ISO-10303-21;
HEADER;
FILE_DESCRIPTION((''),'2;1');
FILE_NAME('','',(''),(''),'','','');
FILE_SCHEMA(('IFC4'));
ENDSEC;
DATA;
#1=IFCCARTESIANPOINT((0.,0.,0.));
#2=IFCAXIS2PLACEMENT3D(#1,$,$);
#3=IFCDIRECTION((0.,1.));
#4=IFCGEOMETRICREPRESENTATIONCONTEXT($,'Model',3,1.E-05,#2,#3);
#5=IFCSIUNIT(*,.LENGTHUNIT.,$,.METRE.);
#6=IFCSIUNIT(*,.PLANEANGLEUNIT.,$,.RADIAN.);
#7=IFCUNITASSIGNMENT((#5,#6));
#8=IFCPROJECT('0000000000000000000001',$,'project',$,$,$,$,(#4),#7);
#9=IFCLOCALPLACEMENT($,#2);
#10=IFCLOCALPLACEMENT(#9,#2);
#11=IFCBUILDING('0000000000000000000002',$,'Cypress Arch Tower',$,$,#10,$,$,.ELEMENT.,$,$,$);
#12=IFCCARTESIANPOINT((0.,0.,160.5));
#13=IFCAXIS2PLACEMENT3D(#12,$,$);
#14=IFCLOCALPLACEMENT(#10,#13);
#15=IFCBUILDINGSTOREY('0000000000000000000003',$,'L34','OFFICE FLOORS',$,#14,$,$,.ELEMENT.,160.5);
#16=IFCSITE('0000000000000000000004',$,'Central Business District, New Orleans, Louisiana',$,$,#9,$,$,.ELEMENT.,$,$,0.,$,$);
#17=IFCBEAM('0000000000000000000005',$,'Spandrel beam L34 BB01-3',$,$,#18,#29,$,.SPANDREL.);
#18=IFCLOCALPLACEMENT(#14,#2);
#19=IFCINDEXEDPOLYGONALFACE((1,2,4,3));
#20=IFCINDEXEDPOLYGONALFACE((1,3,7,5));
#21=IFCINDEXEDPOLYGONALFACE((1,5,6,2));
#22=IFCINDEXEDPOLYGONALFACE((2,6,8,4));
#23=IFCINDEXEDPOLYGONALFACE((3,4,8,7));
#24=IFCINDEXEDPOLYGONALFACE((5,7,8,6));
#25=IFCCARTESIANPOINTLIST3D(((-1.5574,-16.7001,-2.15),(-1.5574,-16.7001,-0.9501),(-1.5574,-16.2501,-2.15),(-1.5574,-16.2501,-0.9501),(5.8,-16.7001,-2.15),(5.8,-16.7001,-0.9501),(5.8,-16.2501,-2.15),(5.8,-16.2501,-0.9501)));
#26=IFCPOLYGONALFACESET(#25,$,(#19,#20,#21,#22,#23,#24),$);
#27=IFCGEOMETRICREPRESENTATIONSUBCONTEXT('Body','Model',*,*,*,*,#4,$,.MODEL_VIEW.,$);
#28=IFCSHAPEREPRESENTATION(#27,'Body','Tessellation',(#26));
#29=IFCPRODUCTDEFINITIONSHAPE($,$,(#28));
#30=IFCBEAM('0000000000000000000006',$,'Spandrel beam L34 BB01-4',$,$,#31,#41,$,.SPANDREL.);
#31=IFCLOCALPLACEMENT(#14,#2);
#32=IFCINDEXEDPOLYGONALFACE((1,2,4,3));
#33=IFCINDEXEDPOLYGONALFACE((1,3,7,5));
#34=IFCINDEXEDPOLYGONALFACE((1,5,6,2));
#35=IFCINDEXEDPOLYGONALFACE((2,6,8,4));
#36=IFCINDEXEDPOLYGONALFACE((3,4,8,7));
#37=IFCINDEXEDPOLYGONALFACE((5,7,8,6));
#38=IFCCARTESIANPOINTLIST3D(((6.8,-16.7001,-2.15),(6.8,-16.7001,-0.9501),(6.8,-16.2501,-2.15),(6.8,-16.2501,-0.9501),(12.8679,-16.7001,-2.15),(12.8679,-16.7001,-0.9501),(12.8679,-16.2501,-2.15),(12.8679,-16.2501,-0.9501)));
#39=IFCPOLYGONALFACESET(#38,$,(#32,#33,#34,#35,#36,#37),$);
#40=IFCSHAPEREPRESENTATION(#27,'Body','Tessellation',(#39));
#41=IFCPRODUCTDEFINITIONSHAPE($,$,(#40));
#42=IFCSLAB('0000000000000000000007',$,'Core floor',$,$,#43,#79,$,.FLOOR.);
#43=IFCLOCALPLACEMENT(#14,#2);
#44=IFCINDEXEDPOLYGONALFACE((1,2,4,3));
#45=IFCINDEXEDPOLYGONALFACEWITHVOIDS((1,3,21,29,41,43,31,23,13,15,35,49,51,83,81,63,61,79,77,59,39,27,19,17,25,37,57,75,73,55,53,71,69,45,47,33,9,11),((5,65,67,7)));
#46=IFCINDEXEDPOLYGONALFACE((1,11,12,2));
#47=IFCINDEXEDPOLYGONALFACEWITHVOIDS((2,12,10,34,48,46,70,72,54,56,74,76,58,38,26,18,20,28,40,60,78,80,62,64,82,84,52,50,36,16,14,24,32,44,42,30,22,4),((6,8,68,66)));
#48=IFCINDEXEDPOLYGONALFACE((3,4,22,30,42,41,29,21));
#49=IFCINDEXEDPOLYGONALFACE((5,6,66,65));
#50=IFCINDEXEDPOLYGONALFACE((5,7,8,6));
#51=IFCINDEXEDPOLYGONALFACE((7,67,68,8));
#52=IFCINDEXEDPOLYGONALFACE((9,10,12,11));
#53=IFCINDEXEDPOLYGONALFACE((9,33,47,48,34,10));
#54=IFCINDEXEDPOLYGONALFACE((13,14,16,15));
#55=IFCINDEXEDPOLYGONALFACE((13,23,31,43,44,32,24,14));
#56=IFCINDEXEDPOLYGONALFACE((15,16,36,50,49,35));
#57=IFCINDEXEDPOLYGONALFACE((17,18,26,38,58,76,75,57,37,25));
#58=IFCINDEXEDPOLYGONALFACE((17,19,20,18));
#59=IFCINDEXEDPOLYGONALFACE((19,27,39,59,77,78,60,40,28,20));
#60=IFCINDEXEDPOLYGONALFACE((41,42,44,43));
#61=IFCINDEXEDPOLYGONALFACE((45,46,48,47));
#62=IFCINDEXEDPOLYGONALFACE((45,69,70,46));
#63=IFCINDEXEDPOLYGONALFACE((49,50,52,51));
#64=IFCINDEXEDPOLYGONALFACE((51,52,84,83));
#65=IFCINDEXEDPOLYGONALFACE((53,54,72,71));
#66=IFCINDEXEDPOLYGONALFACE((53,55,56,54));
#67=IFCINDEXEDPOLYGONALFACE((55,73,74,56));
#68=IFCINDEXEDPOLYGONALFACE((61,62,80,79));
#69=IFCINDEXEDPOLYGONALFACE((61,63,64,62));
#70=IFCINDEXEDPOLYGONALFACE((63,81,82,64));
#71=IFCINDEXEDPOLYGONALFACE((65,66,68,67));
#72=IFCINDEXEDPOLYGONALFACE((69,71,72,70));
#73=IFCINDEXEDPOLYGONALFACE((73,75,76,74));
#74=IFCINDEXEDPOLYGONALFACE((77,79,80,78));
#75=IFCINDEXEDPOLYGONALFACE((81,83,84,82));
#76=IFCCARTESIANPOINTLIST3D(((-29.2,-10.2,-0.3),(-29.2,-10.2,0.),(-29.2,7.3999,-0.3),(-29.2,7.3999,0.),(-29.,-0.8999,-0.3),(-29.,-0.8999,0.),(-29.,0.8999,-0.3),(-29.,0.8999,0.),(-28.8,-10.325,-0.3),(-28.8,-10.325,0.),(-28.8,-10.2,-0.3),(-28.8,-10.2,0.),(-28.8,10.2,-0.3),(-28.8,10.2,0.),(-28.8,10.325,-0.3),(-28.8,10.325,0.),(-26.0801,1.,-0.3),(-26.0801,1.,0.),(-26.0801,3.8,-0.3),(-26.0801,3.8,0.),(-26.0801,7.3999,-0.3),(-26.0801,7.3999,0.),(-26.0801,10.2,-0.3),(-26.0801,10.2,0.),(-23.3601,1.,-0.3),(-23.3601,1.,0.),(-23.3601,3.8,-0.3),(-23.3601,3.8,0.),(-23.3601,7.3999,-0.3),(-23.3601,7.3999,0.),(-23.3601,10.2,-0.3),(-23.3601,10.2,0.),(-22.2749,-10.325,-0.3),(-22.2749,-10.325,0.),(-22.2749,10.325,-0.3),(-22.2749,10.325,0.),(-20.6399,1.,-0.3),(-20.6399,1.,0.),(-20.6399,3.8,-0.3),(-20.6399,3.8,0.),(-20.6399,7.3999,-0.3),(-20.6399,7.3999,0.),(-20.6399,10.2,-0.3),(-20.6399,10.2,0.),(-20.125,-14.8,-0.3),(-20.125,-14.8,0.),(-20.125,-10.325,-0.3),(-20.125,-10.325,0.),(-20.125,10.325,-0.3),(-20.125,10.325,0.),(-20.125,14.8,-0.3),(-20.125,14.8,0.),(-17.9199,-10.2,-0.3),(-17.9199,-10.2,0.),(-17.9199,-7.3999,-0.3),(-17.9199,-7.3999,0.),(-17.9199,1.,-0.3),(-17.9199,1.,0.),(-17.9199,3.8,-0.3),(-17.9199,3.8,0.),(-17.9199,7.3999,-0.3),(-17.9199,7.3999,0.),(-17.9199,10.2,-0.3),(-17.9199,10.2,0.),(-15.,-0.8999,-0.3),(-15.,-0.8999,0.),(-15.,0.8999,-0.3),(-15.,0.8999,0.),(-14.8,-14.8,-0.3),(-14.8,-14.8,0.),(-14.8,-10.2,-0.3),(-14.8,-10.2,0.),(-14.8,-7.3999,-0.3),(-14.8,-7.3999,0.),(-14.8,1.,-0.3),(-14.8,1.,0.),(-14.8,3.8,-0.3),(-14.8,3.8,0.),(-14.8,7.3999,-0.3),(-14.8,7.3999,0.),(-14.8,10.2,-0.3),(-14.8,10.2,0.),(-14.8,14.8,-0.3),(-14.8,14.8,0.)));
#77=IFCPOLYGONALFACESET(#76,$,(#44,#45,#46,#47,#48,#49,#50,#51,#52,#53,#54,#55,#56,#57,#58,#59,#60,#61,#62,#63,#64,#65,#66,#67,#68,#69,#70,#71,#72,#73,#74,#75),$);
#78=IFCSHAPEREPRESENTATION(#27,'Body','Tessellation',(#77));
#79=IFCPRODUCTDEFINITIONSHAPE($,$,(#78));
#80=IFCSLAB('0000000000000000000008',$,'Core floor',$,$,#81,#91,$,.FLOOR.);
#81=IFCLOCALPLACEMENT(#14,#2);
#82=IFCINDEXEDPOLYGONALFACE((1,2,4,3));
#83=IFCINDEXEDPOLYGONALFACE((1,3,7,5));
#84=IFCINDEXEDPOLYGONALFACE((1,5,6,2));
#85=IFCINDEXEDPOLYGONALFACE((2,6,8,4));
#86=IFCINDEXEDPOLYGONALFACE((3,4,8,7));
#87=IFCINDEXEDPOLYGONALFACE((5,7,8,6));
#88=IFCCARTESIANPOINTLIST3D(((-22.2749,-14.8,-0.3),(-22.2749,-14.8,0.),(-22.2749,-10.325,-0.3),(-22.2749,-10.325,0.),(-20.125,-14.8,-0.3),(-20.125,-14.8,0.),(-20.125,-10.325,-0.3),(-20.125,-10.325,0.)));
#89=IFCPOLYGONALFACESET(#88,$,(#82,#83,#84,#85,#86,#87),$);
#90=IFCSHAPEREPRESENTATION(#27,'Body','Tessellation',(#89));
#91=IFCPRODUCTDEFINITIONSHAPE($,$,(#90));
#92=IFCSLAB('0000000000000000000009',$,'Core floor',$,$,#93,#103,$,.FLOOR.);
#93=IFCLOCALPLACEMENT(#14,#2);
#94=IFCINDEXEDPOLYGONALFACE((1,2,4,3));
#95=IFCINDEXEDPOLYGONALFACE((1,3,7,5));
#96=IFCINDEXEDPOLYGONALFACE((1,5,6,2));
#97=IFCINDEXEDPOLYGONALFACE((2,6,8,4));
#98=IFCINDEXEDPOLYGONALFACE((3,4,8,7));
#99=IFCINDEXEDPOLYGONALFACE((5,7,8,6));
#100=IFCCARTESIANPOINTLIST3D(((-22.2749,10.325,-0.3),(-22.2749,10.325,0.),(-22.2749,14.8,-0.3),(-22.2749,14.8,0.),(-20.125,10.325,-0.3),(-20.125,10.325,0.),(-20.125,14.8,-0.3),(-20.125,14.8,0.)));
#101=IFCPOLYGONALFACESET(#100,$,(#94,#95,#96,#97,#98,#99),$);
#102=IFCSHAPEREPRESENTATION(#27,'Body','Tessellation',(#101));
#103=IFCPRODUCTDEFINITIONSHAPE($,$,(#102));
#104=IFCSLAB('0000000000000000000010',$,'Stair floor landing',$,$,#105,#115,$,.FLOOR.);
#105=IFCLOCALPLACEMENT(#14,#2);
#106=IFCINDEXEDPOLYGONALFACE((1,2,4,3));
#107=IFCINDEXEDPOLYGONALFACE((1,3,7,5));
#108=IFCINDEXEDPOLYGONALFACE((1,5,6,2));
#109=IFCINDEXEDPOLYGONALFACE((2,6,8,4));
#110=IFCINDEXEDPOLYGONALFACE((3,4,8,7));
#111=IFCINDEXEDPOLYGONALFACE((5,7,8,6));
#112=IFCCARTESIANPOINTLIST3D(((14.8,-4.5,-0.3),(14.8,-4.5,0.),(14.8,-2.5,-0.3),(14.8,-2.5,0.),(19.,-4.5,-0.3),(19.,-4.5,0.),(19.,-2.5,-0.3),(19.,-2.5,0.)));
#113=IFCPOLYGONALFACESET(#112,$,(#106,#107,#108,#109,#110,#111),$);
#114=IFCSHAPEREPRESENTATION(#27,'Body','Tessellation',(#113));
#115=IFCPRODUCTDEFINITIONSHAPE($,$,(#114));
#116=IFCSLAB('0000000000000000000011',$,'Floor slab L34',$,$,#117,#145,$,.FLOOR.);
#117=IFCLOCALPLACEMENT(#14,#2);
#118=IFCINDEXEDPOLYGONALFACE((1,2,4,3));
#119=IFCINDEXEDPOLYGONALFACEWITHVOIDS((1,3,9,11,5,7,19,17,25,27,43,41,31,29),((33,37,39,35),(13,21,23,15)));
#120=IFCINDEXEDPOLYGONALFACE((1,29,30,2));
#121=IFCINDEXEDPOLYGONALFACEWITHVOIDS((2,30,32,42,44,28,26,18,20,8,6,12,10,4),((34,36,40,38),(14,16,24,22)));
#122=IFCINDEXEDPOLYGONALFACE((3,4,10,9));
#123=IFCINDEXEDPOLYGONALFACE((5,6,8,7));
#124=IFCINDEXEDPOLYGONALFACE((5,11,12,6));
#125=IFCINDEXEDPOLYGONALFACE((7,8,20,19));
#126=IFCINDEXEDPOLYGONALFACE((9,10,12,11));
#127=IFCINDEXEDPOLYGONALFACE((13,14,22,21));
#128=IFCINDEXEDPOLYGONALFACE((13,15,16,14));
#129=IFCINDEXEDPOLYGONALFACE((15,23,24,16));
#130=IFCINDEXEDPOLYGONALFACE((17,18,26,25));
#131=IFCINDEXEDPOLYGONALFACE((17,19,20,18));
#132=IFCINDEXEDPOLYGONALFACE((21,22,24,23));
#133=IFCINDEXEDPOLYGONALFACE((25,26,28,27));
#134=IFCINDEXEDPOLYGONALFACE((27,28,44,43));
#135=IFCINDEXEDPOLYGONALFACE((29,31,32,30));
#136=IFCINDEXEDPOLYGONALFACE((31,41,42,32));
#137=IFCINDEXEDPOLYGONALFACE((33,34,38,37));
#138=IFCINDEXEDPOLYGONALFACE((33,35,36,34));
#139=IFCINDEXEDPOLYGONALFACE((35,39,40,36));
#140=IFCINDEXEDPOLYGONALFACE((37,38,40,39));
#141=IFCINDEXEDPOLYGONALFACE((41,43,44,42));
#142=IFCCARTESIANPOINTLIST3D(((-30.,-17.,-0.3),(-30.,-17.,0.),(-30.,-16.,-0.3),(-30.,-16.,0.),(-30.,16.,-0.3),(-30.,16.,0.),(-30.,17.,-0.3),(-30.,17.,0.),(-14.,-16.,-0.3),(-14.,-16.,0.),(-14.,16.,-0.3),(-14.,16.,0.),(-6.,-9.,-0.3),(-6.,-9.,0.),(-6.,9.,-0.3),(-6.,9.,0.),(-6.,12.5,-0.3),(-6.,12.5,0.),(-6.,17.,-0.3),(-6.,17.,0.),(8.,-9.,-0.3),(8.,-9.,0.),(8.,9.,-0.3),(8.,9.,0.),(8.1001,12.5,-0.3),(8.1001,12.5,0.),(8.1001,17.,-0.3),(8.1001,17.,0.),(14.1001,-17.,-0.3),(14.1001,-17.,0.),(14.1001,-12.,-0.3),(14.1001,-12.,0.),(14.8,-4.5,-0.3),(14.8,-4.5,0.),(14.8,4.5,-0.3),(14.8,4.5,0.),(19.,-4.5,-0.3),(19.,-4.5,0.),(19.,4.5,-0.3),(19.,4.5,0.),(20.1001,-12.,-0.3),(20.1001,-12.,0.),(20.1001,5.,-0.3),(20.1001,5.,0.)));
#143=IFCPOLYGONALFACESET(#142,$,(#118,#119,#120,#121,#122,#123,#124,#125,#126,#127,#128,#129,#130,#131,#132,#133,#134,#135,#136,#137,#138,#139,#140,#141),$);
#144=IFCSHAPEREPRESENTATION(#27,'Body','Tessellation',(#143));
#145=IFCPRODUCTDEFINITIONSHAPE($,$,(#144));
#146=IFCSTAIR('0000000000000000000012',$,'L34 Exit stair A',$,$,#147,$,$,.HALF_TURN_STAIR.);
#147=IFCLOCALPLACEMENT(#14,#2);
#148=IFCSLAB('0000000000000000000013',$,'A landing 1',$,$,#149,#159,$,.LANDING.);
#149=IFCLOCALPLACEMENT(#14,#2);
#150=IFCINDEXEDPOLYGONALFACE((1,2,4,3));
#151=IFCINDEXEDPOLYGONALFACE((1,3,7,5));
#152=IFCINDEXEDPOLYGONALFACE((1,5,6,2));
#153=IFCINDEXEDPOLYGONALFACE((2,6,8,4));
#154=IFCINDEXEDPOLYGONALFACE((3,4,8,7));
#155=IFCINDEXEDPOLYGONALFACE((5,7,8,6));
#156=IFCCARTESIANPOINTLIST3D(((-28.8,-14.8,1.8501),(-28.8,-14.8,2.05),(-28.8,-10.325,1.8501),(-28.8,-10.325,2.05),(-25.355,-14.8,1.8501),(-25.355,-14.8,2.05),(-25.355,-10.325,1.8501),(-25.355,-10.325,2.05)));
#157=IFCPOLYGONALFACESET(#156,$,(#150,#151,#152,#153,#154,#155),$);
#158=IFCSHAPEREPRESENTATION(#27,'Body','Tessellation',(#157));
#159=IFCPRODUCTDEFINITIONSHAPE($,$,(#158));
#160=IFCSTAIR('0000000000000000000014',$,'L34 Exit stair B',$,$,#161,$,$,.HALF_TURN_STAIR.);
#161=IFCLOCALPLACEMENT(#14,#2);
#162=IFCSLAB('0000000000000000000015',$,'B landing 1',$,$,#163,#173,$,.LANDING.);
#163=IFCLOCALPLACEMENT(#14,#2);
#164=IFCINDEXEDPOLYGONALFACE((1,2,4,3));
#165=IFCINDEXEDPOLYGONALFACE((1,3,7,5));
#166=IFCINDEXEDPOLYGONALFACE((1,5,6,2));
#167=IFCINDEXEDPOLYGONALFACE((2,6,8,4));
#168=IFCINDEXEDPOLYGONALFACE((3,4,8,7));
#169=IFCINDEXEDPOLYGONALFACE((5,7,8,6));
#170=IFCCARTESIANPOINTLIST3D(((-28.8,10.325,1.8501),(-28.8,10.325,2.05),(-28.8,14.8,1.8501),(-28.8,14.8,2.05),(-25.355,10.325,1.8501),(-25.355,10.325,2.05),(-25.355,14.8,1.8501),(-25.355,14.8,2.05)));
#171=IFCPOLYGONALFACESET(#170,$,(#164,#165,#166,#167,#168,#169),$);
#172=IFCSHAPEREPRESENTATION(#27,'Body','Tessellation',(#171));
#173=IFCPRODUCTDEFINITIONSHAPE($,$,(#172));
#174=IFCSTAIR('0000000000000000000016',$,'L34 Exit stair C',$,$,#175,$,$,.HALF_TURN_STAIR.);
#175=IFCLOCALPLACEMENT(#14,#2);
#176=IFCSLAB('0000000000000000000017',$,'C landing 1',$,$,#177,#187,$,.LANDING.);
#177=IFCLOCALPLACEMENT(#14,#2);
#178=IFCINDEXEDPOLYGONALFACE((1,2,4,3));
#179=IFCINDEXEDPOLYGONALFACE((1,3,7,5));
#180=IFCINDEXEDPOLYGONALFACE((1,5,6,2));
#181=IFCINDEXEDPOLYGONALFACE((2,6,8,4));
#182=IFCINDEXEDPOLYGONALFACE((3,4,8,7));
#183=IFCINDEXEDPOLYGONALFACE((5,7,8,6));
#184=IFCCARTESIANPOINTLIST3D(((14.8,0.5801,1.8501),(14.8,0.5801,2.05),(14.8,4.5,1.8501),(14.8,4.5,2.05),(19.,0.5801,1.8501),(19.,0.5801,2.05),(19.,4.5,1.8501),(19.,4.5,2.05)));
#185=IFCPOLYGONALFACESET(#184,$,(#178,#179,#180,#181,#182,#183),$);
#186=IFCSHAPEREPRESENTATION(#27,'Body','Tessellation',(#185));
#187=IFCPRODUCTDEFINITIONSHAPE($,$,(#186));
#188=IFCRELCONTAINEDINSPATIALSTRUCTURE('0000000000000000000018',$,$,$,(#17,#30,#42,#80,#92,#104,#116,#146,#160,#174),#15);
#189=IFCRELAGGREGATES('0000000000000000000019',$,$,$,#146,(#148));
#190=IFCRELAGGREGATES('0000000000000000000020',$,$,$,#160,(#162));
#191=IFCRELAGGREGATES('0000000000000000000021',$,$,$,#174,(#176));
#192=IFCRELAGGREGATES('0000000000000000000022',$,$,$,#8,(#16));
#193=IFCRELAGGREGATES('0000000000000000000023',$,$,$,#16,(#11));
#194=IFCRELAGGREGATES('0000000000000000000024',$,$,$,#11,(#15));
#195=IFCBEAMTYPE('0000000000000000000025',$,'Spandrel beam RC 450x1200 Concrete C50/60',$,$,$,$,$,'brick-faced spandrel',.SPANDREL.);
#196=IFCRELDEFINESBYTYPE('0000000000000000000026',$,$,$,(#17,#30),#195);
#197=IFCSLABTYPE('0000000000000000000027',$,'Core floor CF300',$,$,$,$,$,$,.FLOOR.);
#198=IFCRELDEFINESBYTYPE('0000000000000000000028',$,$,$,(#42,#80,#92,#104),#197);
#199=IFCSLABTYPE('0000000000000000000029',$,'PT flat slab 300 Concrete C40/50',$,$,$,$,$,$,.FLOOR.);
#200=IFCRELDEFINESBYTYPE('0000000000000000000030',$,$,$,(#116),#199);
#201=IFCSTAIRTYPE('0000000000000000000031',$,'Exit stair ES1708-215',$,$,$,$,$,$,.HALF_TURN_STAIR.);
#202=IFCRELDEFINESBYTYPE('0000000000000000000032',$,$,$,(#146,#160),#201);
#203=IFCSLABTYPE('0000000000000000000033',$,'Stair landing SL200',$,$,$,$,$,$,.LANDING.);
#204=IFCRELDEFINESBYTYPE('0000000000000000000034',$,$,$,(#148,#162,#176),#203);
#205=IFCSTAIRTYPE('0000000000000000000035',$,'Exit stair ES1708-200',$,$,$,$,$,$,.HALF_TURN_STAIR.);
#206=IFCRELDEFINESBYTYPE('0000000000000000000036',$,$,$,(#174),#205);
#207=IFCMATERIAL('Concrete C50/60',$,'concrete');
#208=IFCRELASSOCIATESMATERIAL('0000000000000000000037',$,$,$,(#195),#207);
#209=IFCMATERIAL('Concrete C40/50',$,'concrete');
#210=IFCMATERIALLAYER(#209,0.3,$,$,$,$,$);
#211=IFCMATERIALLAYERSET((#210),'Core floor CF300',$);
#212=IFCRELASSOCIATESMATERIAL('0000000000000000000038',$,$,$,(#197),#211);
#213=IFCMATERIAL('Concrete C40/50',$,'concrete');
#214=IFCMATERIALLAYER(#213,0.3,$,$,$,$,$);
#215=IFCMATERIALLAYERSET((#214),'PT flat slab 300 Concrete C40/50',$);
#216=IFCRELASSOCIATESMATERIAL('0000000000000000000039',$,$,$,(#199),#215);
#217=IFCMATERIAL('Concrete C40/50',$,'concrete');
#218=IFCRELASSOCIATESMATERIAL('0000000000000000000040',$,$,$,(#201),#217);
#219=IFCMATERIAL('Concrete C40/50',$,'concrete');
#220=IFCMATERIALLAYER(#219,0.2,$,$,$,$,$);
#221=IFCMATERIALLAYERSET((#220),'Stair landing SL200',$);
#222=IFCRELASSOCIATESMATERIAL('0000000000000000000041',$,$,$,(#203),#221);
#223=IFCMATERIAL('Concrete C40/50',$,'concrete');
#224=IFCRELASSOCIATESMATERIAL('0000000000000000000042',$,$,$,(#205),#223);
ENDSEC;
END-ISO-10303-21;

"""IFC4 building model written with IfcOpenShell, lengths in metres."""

from ifc_helpers import new_model, si_unit, direction, frame, origin, origin_2d, place, context, subcontext, project, spatial, polyline, rectangle, outline, extrude, material, layer, layer_set, material_profile, profile_set, type_object, element, aggregate, save


model = new_model("IFC4")

# Units and contexts
model_context = context("Model", 3, precision=1e-05, world=origin(), true_north=direction((0.0, 1.0)))
body_context = subcontext(model_context, "Body", "Model", "MODEL_VIEW")
ifc_project = project(units=[si_unit("LENGTHUNIT", "METRE"), si_unit("PLANEANGLEUNIT", "RADIAN")], contexts=[model_context])

# Site, building, storey
site_placement = place(None, origin())
site = spatial("IfcSite", under=ifc_project, at=site_placement, Name="Central Business District, New Orleans, Louisiana", CompositionType="ELEMENT", RefElevation=0.0)
building_placement = place(site_placement, origin())
building = spatial("IfcBuilding", under=site, at=building_placement, Name="Cypress Arch Tower", CompositionType="ELEMENT")
storey_placement = place(building_placement, frame((0.0, 0.0, 160.5)))
storey = spatial("IfcBuildingStorey", under=building, at=storey_placement, Name="L34", Description="OFFICE FLOORS", CompositionType="ELEMENT", Elevation=160.5)

# Beams
ifc_material_1 = material(Name="Concrete C50/60", Category="concrete")
ifc_material_profile_1 = material_profile(ifc_material_1, rectangle(XDim=0.45, YDim=1.2, at=origin_2d()), Name="RC 450x1200")
ifc_profile_set_1 = profile_set([ifc_material_profile_1], Name="Concrete C50/60")
beam_type_1 = type_object("IfcBeamType", Name="Spandrel beam RC 450x1200 Concrete C50/60", ElementType="brick-faced spandrel", PredefinedType="SPANDREL", material=ifc_profile_set_1)
beam_1_placement = place(storey_placement, frame((-1.5574, -16.4751, -1.55), z_axis=(1.0, 0.0, 0.0), x_axis=(0.0, 1.0, 0.0)))
element("IfcBeam", 1, at=beam_1_placement, inside=storey, type_object=beam_type_1, Name="Spandrel beam L34 BB01-3", PredefinedType="SPANDREL", context=body_context, shape_type="SweptSolid", body=[
    extrude(rectangle(XDim=0.45, YDim=1.2, at=origin_2d()), origin(), (0.0, 0.0, 1.0), 7.3574),
])
beam_2_placement = place(storey_placement, frame((6.8, -16.4751, -1.55), z_axis=(1.0, 0.0, 0.0), x_axis=(0.0, 1.0, 0.0)))
element("IfcBeam", 2, at=beam_2_placement, inside=storey, type_object=beam_type_1, Name="Spandrel beam L34 BB01-4", PredefinedType="SPANDREL", context=body_context, shape_type="SweptSolid", body=[
    extrude(rectangle(XDim=0.45, YDim=1.2, at=origin_2d()), origin(), (0.0, 0.0, 1.0), 6.0679),
])

# Slabs
ifc_material_2 = material(Name="Concrete C40/50", Category="concrete")
ifc_layer_1 = layer(ifc_material_2, 0.3)
ifc_layer_set_1 = layer_set([ifc_layer_1], Name="Core floor CF300")
slab_type_1 = type_object("IfcSlabType", Name="Core floor CF300", PredefinedType="FLOOR", material=ifc_layer_set_1)
slab_1_placement = place(storey_placement, frame((0.0, 0.0, -0.3)))
element("IfcSlab", 3, at=slab_1_placement, inside=storey, type_object=slab_type_1, Name="Core floor", PredefinedType="FLOOR", context=body_context, shape_type="SweptSolid", body=[
    extrude(outline(polyline([(-20.125, -10.325), (-22.2749, -10.325), (-28.8, -10.325), (-28.8, -10.2), (-29.2, -10.2), (-29.2, 7.3999), (-26.0801, 7.3999), (-23.3601, 7.3999), (-20.6399, 7.3999), (-20.6399, 10.2), (-23.3601, 10.2), (-26.0801, 10.2), (-28.8, 10.2), (-28.8, 10.325), (-22.2749, 10.325), (-20.125, 10.325), (-20.125, 14.8), (-14.8, 14.8), (-14.8, 10.2), (-17.9199, 10.2), (-17.9199, 7.3999), (-14.8, 7.3999), (-14.8, 3.8), (-17.9199, 3.8), (-20.6399, 3.8), (-23.3601, 3.8), (-26.0801, 3.8), (-26.0801, 1.0), (-23.3601, 1.0), (-20.6399, 1.0), (-17.9199, 1.0), (-14.8, 1.0), (-14.8, -7.3999), (-17.9199, -7.3999), (-17.9199, -10.2), (-14.8, -10.2), (-14.8, -14.8), (-20.125, -14.8), (-20.125, -10.325)]), holes=[polyline([(-29.0, -0.8999), (-15.0, -0.8999), (-15.0, 0.8999), (-29.0, 0.8999), (-29.0, -0.8999)])]), origin(), (0.0, 0.0, 1.0), 0.3),
])
slab_2_placement = place(storey_placement, frame((0.0, 0.0, -0.3)))
element("IfcSlab", 4, at=slab_2_placement, inside=storey, type_object=slab_type_1, Name="Core floor", PredefinedType="FLOOR", context=body_context, shape_type="SweptSolid", body=[
    extrude(outline(polyline([(-22.2749, -10.325), (-22.2749, -14.8), (-20.125, -14.8), (-20.125, -10.325), (-22.2749, -10.325)])), origin(), (0.0, 0.0, 1.0), 0.3),
])
slab_3_placement = place(storey_placement, frame((0.0, 0.0, -0.3)))
element("IfcSlab", 5, at=slab_3_placement, inside=storey, type_object=slab_type_1, Name="Core floor", PredefinedType="FLOOR", context=body_context, shape_type="SweptSolid", body=[
    extrude(outline(polyline([(-20.125, 14.8), (-22.2749, 14.8), (-22.2749, 10.325), (-20.125, 10.325), (-20.125, 14.8)])), origin(), (0.0, 0.0, 1.0), 0.3),
])
slab_4_placement = place(storey_placement, frame((0.0, 0.0, -0.3)))
element("IfcSlab", 6, at=slab_4_placement, inside=storey, type_object=slab_type_1, Name="Stair floor landing", PredefinedType="FLOOR", context=body_context, shape_type="SweptSolid", body=[
    extrude(outline(polyline([(19.0, -4.5), (19.0, -2.5), (14.8, -2.5), (14.8, -4.5), (19.0, -4.5)])), origin(), (0.0, 0.0, 1.0), 0.3),
])
ifc_material_3 = material(Name="Concrete C40/50", Category="concrete")
ifc_layer_2 = layer(ifc_material_3, 0.3)
ifc_layer_set_2 = layer_set([ifc_layer_2], Name="PT flat slab 300 Concrete C40/50")
slab_type_2 = type_object("IfcSlabType", Name="PT flat slab 300 Concrete C40/50", PredefinedType="FLOOR", material=ifc_layer_set_2)
slab_5_placement = place(storey_placement, frame((0.0, 0.0, -0.3)))
element("IfcSlab", 7, at=slab_5_placement, inside=storey, type_object=slab_type_2, Name="Floor slab L34", PredefinedType="FLOOR", context=body_context, shape_type="SweptSolid", body=[
    extrude(outline(polyline([(-30.0, 17.0), (-6.0, 17.0), (-6.0, 12.5), (8.1001, 12.5), (8.1001, 17.0), (20.1001, 5.0), (20.1001, -12.0), (14.1001, -12.0), (14.1001, -17.0), (-30.0, -17.0), (-30.0, -16.0), (-14.0, -16.0), (-14.0, 16.0), (-30.0, 16.0), (-30.0, 17.0)]), holes=[polyline([(-6.0, -9.0), (8.0, -9.0), (8.0, 9.0), (-6.0, 9.0), (-6.0, -9.0)]), polyline([(14.8, -4.5), (19.0, -4.5), (19.0, 4.5), (14.8, 4.5), (14.8, -4.5)])]), origin(), (0.0, 0.0, 1.0), 0.3),
])

# Stairs, slabs
ifc_material_4 = material(Name="Concrete C40/50", Category="concrete")
stair_type_1 = type_object("IfcStairType", Name="Exit stair ES1708-215", PredefinedType="HALF_TURN_STAIR", material=ifc_material_4)
stair_1_placement = place(storey_placement, origin())
stair_1 = element("IfcStair", 8, at=stair_1_placement, inside=storey, type_object=stair_type_1, Name="L34 Exit stair A", PredefinedType="HALF_TURN_STAIR")
ifc_material_5 = material(Name="Concrete C40/50", Category="concrete")
ifc_layer_3 = layer(ifc_material_5, 0.2)
ifc_layer_set_3 = layer_set([ifc_layer_3], Name="Stair landing SL200")
slab_type_3 = type_object("IfcSlabType", Name="Stair landing SL200", PredefinedType="LANDING", material=ifc_layer_set_3)
slab_6_placement = place(storey_placement, frame((0.0, 0.0, 1.8501)))
slab_6 = element("IfcSlab", 9, at=slab_6_placement, type_object=slab_type_3, Name="A landing 1", PredefinedType="LANDING", context=body_context, shape_type="SweptSolid", body=[
    extrude(outline(polyline([(-25.355, -10.325), (-28.8, -10.325), (-28.8, -14.8), (-25.355, -14.8), (-25.355, -10.325)])), origin(), (0.0, 0.0, 1.0), 0.2),
])
aggregate(stair_1, [slab_6])
stair_2_placement = place(storey_placement, origin())
stair_2 = element("IfcStair", 10, at=stair_2_placement, inside=storey, type_object=stair_type_1, Name="L34 Exit stair B", PredefinedType="HALF_TURN_STAIR")
slab_7_placement = place(storey_placement, frame((0.0, 0.0, 1.8501)))
slab_7 = element("IfcSlab", 11, at=slab_7_placement, type_object=slab_type_3, Name="B landing 1", PredefinedType="LANDING", context=body_context, shape_type="SweptSolid", body=[
    extrude(outline(polyline([(-25.355, 14.8), (-28.8, 14.8), (-28.8, 10.325), (-25.355, 10.325), (-25.355, 14.8)])), origin(), (0.0, 0.0, 1.0), 0.2),
])
aggregate(stair_2, [slab_7])
ifc_material_6 = material(Name="Concrete C40/50", Category="concrete")
stair_type_2 = type_object("IfcStairType", Name="Exit stair ES1708-200", PredefinedType="HALF_TURN_STAIR", material=ifc_material_6)
stair_3_placement = place(storey_placement, origin())
stair_3 = element("IfcStair", 12, at=stair_3_placement, inside=storey, type_object=stair_type_2, Name="L34 Exit stair C", PredefinedType="HALF_TURN_STAIR")
slab_8_placement = place(storey_placement, frame((0.0, 0.0, 1.8501)))
slab_8 = element("IfcSlab", 13, at=slab_8_placement, type_object=slab_type_3, Name="C landing 1", PredefinedType="LANDING", context=body_context, shape_type="SweptSolid", body=[
    extrude(outline(polyline([(19.0, 0.5801), (19.0, 4.5), (14.8, 4.5), (14.8, 0.5801), (19.0, 0.5801)])), origin(), (0.0, 0.0, 1.0), 0.2),
])
aggregate(stair_3, [slab_8])

save(model, "model.ifc")
